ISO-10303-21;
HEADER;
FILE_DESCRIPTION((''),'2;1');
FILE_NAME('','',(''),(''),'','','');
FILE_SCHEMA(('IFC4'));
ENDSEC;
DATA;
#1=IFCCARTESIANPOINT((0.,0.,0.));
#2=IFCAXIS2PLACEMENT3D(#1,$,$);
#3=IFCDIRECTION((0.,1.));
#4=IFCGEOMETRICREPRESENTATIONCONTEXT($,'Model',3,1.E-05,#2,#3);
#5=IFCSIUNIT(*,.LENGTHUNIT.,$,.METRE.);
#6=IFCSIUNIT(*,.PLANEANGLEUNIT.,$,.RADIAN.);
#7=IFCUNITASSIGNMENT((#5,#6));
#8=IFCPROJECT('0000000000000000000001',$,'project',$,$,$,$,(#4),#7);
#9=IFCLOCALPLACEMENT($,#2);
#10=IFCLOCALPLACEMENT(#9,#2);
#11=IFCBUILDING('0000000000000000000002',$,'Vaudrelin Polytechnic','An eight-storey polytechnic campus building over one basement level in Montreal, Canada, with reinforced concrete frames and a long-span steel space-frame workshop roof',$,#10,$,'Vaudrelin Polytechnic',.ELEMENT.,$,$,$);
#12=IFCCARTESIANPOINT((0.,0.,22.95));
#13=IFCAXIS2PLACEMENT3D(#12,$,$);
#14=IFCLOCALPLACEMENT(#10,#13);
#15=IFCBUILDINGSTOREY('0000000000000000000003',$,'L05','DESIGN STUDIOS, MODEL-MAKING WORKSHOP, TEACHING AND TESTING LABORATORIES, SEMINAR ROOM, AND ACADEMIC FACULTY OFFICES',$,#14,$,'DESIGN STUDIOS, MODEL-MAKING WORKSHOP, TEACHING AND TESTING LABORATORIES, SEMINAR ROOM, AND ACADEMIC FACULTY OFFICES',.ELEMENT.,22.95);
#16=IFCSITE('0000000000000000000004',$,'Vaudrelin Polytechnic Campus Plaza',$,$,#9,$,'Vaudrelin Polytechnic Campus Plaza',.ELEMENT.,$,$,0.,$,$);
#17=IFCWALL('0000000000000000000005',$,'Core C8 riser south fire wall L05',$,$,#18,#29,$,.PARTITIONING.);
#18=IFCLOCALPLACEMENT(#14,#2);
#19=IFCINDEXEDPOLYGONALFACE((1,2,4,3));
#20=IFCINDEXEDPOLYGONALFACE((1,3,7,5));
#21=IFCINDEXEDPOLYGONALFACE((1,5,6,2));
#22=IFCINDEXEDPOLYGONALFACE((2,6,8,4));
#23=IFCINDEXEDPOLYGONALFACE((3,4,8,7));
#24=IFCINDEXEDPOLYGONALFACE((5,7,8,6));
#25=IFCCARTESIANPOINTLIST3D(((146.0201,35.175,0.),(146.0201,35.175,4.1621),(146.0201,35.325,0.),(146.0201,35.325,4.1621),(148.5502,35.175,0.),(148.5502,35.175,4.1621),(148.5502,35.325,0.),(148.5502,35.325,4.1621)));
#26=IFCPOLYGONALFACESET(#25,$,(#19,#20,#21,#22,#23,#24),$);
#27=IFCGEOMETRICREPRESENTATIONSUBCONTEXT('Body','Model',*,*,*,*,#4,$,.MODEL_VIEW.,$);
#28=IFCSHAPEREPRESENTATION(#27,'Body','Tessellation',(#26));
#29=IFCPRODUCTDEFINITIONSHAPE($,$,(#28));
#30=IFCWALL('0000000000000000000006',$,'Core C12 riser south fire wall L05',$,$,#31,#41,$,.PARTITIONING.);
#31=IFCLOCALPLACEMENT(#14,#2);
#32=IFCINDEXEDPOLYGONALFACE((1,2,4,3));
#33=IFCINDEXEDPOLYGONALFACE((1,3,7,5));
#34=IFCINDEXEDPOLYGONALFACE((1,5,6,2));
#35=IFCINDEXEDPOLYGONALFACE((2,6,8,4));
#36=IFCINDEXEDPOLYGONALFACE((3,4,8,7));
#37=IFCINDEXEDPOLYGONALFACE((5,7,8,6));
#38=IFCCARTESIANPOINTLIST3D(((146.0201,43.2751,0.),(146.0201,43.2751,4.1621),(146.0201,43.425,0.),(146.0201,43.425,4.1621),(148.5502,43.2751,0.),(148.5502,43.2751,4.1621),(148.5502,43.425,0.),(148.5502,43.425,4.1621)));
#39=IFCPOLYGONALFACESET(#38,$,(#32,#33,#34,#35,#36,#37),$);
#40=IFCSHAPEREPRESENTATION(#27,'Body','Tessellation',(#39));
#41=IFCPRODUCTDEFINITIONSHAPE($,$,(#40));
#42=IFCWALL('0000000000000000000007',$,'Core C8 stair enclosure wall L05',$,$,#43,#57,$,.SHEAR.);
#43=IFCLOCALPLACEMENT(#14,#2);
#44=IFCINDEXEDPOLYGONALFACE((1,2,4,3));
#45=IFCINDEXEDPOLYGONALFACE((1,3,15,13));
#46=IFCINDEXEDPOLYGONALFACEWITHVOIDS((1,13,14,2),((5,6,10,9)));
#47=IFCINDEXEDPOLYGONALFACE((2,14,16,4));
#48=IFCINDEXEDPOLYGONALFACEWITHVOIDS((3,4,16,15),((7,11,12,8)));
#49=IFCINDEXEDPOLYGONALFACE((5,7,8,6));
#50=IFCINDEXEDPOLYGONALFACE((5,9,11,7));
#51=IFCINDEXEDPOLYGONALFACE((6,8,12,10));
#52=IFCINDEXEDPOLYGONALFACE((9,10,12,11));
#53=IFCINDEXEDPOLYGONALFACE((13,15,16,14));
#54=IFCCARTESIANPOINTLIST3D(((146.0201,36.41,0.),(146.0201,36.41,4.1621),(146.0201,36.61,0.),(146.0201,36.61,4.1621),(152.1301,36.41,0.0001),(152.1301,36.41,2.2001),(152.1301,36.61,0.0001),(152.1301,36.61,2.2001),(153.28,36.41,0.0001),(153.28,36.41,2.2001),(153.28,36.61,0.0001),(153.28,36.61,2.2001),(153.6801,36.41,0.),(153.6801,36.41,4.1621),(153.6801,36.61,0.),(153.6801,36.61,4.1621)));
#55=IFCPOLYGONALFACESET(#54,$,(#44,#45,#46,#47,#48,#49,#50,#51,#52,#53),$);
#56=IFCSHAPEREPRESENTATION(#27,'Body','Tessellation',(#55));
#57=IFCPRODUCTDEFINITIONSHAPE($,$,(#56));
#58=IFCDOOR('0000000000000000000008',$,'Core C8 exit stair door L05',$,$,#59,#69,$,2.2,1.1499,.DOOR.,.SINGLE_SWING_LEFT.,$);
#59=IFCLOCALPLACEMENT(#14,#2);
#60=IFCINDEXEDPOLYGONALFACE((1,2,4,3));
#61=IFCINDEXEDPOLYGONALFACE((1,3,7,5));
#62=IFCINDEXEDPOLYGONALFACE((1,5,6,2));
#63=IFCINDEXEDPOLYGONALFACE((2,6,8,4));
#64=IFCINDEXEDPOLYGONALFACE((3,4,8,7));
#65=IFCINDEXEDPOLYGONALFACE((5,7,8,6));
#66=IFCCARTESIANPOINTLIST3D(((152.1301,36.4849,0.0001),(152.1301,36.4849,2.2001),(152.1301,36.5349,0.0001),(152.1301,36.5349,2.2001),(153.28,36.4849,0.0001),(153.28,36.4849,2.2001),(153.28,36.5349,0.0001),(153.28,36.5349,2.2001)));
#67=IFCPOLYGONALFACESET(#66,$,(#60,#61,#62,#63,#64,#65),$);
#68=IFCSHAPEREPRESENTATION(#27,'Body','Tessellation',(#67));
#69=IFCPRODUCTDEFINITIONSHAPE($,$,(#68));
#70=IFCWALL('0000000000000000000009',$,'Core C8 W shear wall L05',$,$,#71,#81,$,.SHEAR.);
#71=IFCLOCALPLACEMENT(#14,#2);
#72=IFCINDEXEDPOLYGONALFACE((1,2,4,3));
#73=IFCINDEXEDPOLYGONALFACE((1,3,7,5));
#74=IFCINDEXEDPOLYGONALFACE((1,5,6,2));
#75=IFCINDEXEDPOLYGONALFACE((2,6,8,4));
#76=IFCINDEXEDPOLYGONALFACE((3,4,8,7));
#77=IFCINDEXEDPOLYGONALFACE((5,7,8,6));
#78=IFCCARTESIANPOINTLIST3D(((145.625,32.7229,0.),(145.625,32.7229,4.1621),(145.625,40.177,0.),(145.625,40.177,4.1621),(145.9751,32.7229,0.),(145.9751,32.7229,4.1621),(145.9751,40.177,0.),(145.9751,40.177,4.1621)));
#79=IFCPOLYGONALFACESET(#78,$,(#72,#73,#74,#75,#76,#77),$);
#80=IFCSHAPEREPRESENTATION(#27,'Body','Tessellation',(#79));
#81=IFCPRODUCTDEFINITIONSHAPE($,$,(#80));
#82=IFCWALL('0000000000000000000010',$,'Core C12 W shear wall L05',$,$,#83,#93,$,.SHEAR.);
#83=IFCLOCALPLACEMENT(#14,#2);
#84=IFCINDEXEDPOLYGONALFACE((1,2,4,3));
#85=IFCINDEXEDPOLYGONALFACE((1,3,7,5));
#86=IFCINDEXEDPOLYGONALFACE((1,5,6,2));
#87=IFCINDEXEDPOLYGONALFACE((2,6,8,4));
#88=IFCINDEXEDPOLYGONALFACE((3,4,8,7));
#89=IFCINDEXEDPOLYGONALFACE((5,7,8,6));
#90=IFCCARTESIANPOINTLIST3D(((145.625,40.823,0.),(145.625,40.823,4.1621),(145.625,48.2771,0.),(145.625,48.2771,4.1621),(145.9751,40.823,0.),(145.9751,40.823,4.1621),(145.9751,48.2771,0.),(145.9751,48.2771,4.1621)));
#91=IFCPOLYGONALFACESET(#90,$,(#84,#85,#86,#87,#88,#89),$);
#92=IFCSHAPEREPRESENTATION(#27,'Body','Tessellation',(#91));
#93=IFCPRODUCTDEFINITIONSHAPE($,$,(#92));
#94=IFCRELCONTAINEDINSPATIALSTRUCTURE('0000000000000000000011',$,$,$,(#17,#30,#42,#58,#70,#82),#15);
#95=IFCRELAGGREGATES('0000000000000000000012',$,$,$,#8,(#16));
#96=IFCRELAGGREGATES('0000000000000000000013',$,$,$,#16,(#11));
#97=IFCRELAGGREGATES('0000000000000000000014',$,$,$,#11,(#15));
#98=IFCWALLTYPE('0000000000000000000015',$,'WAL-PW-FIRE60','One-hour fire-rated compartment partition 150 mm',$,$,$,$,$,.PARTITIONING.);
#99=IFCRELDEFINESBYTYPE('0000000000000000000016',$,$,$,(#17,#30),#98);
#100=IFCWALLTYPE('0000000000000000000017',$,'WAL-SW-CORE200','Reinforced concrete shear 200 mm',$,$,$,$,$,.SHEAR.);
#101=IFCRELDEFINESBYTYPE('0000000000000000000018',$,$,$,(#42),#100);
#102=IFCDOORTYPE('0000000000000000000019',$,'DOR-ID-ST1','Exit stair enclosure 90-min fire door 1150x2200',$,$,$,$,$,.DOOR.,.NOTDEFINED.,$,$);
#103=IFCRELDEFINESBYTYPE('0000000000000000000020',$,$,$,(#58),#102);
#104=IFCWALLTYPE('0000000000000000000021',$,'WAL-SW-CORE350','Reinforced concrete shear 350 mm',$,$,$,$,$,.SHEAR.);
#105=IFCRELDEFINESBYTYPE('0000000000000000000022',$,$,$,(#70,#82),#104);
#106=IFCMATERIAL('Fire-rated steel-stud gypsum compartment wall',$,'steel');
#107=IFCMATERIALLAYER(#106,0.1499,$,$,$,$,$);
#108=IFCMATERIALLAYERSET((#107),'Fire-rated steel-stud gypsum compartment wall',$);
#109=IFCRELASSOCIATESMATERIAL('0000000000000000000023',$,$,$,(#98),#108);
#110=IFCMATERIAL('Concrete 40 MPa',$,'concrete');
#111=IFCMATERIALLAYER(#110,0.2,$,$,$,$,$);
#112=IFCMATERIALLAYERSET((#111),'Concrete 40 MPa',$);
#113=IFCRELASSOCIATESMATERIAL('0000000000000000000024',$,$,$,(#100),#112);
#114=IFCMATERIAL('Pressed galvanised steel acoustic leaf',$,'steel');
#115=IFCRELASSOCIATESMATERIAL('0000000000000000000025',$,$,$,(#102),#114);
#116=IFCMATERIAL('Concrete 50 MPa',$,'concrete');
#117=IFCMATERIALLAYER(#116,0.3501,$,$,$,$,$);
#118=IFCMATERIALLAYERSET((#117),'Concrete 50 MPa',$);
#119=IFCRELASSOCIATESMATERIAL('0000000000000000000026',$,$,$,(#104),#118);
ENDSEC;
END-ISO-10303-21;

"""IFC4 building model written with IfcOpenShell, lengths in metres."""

from ifc_helpers import new_model, si_unit, direction, frame, frame_2d, origin, place, context, subcontext, project, spatial, rectangle, extrude, material, layer, layer_set, type_object, element, fill, save


model = new_model("IFC4")

# Units and contexts
model_context = context("Model", 3, precision=1e-05, world=origin(), true_north=direction((0.0, 1.0)))
body_context = subcontext(model_context, "Body", "Model", "MODEL_VIEW")
ifc_project = project(units=[si_unit("LENGTHUNIT", "METRE"), si_unit("PLANEANGLEUNIT", "RADIAN")], contexts=[model_context])

# Site, building, storey
site_placement = place(None, origin())
site = spatial("IfcSite", under=ifc_project, at=site_placement, Name="Vaudrelin Polytechnic Campus Plaza", LongName="Vaudrelin Polytechnic Campus Plaza", CompositionType="ELEMENT", RefElevation=0.0)
building_placement = place(site_placement, origin())
building = spatial("IfcBuilding", under=site, at=building_placement, Name="Vaudrelin Polytechnic", Description="An eight-storey polytechnic campus building over one basement level in Montreal, Canada, with reinforced concrete frames and a long-span steel space-frame workshop roof", LongName="Vaudrelin Polytechnic", CompositionType="ELEMENT")
storey_placement = place(building_placement, frame((0.0, 0.0, 22.95)))
storey = spatial("IfcBuildingStorey", under=building, at=storey_placement, Name="L05", Description="DESIGN STUDIOS, MODEL-MAKING WORKSHOP, TEACHING AND TESTING LABORATORIES, SEMINAR ROOM, AND ACADEMIC FACULTY OFFICES", LongName="DESIGN STUDIOS, MODEL-MAKING WORKSHOP, TEACHING AND TESTING LABORATORIES, SEMINAR ROOM, AND ACADEMIC FACULTY OFFICES", CompositionType="ELEMENT", Elevation=22.95)

# Shared definitions
ifc_material_1 = material(Name="Concrete 40 MPa", Category="concrete")

# Shared definitions
ifc_material_2 = material(Name="Concrete 50 MPa", Category="concrete")

# Walls
ifc_material_3 = material(Name="Fire-rated steel-stud gypsum compartment wall", Category="steel")
ifc_layer_1 = layer(ifc_material_3, 0.1499)
ifc_layer_set_1 = layer_set([ifc_layer_1], Name="Fire-rated steel-stud gypsum compartment wall")
wall_type_1 = type_object("IfcWallType", Name="WAL-PW-FIRE60", Description="One-hour fire-rated compartment partition 150 mm", PredefinedType="PARTITIONING", material=ifc_layer_set_1)
for number, where, z_axis, x_axis, name in (
    (1, (146.02, 35.25, 0.0), (0.0, 0.0, 1.0), (1.0, 0.0, 0.0), "Core C8 riser south fire wall L05"),
    (2, (146.02, 43.3501, 0.0), (0.0, 0.0, 1.0), (1.0, 0.0, 0.0), "Core C12 riser south fire wall L05"),
):
    element("IfcWall", number, at=place(storey_placement, frame(where, z_axis=z_axis, x_axis=x_axis)), inside=storey, type_object=wall_type_1, Name=name, PredefinedType="PARTITIONING", context=body_context, shape_type="SweptSolid", body=[
        extrude(rectangle(XDim=2.53, YDim=0.1499, at=frame_2d((1.2651, 0.0))), origin(), (0.0, 0.0, 1.0), 4.1621),
    ])

# Wall, opening, door
ifc_layer_2 = layer(ifc_material_1, 0.2)
ifc_layer_set_2 = layer_set([ifc_layer_2], Name="Concrete 40 MPa")
wall_type_2 = type_object("IfcWallType", Name="WAL-SW-CORE200", Description="Reinforced concrete shear 200 mm", PredefinedType="SHEAR", material=ifc_layer_set_2)
wall_placement = place(storey_placement, frame((146.02, 36.51, 0.0), z_axis=(0.0, 0.0, 1.0), x_axis=(1.0, 0.0, 0.0)))
wall = element("IfcWall", 3, at=wall_placement, inside=storey, type_object=wall_type_2, Name="Core C8 stair enclosure wall L05", PredefinedType="SHEAR", context=body_context, shape_type="SweptSolid", body=[
    extrude(rectangle(XDim=7.6599, YDim=0.2, at=frame_2d((3.8301, 0.0))), origin(), (0.0, 0.0, 1.0), 4.1621),
])
opening_placement = place(wall_placement, frame((6.1101, 0.0, 0.0)))
opening = element("IfcOpeningElement", 4, at=opening_placement, cuts=wall, PredefinedType="OPENING", context=body_context, shape_type="SweptSolid", body=[
    extrude(rectangle(XDim=1.1499, YDim=2.2, at=frame_2d((0.575, 1.1001))), frame((0.0, 0.1099, 0.0), z_axis=(0.0, -1.0, 0.0), x_axis=(1.0, 0.0, 0.0)), (0.0, 0.0, 1.0), 0.22),
])
ifc_material_4 = material(Name="Pressed galvanised steel acoustic leaf", Category="steel")
door_type = type_object("IfcDoorType", Name="DOR-ID-ST1", Description="Exit stair enclosure 90-min fire door 1150x2200", OperationType="NOTDEFINED", PredefinedType="DOOR", material=ifc_material_4)
door_placement = place(opening_placement, origin())
door = element("IfcDoor", 5, at=door_placement, inside=storey, type_object=door_type, Name="Core C8 exit stair door L05", OperationType="SINGLE_SWING_LEFT", OverallHeight=2.2, OverallWidth=1.1499, PredefinedType="DOOR", context=body_context, shape_type="SweptSolid", body=[
    extrude(rectangle(XDim=1.1499, YDim=2.2, at=frame_2d((0.575, 1.1001))), frame((0.0, 0.0249, 0.0), z_axis=(0.0, -1.0, 0.0), x_axis=(1.0, 0.0, 0.0)), (0.0, 0.0, 1.0), 0.05),
])
fill(opening, door)

# Walls
ifc_layer_3 = layer(ifc_material_2, 0.3501)
ifc_layer_set_3 = layer_set([ifc_layer_3], Name="Concrete 50 MPa")
wall_type_3 = type_object("IfcWallType", Name="WAL-SW-CORE350", Description="Reinforced concrete shear 350 mm", PredefinedType="SHEAR", material=ifc_layer_set_3)
for number, where, z_axis, x_axis, name in (
    (6, (145.8, 32.7229, 0.0), (0.0, 0.0, 1.0), (0.0, 1.0, 0.0), "Core C8 W shear wall L05"),
    (7, (145.8, 40.823, 0.0), (0.0, 0.0, 1.0), (0.0, 1.0, 0.0), "Core C12 W shear wall L05"),
):
    element("IfcWall", number, at=place(storey_placement, frame(where, z_axis=z_axis, x_axis=x_axis)), inside=storey, type_object=wall_type_3, Name=name, PredefinedType="SHEAR", context=body_context, shape_type="SweptSolid", body=[
        extrude(rectangle(XDim=7.4541, YDim=0.3501, at=frame_2d((3.7271, 0.0))), origin(), (0.0, 0.0, 1.0), 4.1621),
    ])

save(model, "model.ifc")
